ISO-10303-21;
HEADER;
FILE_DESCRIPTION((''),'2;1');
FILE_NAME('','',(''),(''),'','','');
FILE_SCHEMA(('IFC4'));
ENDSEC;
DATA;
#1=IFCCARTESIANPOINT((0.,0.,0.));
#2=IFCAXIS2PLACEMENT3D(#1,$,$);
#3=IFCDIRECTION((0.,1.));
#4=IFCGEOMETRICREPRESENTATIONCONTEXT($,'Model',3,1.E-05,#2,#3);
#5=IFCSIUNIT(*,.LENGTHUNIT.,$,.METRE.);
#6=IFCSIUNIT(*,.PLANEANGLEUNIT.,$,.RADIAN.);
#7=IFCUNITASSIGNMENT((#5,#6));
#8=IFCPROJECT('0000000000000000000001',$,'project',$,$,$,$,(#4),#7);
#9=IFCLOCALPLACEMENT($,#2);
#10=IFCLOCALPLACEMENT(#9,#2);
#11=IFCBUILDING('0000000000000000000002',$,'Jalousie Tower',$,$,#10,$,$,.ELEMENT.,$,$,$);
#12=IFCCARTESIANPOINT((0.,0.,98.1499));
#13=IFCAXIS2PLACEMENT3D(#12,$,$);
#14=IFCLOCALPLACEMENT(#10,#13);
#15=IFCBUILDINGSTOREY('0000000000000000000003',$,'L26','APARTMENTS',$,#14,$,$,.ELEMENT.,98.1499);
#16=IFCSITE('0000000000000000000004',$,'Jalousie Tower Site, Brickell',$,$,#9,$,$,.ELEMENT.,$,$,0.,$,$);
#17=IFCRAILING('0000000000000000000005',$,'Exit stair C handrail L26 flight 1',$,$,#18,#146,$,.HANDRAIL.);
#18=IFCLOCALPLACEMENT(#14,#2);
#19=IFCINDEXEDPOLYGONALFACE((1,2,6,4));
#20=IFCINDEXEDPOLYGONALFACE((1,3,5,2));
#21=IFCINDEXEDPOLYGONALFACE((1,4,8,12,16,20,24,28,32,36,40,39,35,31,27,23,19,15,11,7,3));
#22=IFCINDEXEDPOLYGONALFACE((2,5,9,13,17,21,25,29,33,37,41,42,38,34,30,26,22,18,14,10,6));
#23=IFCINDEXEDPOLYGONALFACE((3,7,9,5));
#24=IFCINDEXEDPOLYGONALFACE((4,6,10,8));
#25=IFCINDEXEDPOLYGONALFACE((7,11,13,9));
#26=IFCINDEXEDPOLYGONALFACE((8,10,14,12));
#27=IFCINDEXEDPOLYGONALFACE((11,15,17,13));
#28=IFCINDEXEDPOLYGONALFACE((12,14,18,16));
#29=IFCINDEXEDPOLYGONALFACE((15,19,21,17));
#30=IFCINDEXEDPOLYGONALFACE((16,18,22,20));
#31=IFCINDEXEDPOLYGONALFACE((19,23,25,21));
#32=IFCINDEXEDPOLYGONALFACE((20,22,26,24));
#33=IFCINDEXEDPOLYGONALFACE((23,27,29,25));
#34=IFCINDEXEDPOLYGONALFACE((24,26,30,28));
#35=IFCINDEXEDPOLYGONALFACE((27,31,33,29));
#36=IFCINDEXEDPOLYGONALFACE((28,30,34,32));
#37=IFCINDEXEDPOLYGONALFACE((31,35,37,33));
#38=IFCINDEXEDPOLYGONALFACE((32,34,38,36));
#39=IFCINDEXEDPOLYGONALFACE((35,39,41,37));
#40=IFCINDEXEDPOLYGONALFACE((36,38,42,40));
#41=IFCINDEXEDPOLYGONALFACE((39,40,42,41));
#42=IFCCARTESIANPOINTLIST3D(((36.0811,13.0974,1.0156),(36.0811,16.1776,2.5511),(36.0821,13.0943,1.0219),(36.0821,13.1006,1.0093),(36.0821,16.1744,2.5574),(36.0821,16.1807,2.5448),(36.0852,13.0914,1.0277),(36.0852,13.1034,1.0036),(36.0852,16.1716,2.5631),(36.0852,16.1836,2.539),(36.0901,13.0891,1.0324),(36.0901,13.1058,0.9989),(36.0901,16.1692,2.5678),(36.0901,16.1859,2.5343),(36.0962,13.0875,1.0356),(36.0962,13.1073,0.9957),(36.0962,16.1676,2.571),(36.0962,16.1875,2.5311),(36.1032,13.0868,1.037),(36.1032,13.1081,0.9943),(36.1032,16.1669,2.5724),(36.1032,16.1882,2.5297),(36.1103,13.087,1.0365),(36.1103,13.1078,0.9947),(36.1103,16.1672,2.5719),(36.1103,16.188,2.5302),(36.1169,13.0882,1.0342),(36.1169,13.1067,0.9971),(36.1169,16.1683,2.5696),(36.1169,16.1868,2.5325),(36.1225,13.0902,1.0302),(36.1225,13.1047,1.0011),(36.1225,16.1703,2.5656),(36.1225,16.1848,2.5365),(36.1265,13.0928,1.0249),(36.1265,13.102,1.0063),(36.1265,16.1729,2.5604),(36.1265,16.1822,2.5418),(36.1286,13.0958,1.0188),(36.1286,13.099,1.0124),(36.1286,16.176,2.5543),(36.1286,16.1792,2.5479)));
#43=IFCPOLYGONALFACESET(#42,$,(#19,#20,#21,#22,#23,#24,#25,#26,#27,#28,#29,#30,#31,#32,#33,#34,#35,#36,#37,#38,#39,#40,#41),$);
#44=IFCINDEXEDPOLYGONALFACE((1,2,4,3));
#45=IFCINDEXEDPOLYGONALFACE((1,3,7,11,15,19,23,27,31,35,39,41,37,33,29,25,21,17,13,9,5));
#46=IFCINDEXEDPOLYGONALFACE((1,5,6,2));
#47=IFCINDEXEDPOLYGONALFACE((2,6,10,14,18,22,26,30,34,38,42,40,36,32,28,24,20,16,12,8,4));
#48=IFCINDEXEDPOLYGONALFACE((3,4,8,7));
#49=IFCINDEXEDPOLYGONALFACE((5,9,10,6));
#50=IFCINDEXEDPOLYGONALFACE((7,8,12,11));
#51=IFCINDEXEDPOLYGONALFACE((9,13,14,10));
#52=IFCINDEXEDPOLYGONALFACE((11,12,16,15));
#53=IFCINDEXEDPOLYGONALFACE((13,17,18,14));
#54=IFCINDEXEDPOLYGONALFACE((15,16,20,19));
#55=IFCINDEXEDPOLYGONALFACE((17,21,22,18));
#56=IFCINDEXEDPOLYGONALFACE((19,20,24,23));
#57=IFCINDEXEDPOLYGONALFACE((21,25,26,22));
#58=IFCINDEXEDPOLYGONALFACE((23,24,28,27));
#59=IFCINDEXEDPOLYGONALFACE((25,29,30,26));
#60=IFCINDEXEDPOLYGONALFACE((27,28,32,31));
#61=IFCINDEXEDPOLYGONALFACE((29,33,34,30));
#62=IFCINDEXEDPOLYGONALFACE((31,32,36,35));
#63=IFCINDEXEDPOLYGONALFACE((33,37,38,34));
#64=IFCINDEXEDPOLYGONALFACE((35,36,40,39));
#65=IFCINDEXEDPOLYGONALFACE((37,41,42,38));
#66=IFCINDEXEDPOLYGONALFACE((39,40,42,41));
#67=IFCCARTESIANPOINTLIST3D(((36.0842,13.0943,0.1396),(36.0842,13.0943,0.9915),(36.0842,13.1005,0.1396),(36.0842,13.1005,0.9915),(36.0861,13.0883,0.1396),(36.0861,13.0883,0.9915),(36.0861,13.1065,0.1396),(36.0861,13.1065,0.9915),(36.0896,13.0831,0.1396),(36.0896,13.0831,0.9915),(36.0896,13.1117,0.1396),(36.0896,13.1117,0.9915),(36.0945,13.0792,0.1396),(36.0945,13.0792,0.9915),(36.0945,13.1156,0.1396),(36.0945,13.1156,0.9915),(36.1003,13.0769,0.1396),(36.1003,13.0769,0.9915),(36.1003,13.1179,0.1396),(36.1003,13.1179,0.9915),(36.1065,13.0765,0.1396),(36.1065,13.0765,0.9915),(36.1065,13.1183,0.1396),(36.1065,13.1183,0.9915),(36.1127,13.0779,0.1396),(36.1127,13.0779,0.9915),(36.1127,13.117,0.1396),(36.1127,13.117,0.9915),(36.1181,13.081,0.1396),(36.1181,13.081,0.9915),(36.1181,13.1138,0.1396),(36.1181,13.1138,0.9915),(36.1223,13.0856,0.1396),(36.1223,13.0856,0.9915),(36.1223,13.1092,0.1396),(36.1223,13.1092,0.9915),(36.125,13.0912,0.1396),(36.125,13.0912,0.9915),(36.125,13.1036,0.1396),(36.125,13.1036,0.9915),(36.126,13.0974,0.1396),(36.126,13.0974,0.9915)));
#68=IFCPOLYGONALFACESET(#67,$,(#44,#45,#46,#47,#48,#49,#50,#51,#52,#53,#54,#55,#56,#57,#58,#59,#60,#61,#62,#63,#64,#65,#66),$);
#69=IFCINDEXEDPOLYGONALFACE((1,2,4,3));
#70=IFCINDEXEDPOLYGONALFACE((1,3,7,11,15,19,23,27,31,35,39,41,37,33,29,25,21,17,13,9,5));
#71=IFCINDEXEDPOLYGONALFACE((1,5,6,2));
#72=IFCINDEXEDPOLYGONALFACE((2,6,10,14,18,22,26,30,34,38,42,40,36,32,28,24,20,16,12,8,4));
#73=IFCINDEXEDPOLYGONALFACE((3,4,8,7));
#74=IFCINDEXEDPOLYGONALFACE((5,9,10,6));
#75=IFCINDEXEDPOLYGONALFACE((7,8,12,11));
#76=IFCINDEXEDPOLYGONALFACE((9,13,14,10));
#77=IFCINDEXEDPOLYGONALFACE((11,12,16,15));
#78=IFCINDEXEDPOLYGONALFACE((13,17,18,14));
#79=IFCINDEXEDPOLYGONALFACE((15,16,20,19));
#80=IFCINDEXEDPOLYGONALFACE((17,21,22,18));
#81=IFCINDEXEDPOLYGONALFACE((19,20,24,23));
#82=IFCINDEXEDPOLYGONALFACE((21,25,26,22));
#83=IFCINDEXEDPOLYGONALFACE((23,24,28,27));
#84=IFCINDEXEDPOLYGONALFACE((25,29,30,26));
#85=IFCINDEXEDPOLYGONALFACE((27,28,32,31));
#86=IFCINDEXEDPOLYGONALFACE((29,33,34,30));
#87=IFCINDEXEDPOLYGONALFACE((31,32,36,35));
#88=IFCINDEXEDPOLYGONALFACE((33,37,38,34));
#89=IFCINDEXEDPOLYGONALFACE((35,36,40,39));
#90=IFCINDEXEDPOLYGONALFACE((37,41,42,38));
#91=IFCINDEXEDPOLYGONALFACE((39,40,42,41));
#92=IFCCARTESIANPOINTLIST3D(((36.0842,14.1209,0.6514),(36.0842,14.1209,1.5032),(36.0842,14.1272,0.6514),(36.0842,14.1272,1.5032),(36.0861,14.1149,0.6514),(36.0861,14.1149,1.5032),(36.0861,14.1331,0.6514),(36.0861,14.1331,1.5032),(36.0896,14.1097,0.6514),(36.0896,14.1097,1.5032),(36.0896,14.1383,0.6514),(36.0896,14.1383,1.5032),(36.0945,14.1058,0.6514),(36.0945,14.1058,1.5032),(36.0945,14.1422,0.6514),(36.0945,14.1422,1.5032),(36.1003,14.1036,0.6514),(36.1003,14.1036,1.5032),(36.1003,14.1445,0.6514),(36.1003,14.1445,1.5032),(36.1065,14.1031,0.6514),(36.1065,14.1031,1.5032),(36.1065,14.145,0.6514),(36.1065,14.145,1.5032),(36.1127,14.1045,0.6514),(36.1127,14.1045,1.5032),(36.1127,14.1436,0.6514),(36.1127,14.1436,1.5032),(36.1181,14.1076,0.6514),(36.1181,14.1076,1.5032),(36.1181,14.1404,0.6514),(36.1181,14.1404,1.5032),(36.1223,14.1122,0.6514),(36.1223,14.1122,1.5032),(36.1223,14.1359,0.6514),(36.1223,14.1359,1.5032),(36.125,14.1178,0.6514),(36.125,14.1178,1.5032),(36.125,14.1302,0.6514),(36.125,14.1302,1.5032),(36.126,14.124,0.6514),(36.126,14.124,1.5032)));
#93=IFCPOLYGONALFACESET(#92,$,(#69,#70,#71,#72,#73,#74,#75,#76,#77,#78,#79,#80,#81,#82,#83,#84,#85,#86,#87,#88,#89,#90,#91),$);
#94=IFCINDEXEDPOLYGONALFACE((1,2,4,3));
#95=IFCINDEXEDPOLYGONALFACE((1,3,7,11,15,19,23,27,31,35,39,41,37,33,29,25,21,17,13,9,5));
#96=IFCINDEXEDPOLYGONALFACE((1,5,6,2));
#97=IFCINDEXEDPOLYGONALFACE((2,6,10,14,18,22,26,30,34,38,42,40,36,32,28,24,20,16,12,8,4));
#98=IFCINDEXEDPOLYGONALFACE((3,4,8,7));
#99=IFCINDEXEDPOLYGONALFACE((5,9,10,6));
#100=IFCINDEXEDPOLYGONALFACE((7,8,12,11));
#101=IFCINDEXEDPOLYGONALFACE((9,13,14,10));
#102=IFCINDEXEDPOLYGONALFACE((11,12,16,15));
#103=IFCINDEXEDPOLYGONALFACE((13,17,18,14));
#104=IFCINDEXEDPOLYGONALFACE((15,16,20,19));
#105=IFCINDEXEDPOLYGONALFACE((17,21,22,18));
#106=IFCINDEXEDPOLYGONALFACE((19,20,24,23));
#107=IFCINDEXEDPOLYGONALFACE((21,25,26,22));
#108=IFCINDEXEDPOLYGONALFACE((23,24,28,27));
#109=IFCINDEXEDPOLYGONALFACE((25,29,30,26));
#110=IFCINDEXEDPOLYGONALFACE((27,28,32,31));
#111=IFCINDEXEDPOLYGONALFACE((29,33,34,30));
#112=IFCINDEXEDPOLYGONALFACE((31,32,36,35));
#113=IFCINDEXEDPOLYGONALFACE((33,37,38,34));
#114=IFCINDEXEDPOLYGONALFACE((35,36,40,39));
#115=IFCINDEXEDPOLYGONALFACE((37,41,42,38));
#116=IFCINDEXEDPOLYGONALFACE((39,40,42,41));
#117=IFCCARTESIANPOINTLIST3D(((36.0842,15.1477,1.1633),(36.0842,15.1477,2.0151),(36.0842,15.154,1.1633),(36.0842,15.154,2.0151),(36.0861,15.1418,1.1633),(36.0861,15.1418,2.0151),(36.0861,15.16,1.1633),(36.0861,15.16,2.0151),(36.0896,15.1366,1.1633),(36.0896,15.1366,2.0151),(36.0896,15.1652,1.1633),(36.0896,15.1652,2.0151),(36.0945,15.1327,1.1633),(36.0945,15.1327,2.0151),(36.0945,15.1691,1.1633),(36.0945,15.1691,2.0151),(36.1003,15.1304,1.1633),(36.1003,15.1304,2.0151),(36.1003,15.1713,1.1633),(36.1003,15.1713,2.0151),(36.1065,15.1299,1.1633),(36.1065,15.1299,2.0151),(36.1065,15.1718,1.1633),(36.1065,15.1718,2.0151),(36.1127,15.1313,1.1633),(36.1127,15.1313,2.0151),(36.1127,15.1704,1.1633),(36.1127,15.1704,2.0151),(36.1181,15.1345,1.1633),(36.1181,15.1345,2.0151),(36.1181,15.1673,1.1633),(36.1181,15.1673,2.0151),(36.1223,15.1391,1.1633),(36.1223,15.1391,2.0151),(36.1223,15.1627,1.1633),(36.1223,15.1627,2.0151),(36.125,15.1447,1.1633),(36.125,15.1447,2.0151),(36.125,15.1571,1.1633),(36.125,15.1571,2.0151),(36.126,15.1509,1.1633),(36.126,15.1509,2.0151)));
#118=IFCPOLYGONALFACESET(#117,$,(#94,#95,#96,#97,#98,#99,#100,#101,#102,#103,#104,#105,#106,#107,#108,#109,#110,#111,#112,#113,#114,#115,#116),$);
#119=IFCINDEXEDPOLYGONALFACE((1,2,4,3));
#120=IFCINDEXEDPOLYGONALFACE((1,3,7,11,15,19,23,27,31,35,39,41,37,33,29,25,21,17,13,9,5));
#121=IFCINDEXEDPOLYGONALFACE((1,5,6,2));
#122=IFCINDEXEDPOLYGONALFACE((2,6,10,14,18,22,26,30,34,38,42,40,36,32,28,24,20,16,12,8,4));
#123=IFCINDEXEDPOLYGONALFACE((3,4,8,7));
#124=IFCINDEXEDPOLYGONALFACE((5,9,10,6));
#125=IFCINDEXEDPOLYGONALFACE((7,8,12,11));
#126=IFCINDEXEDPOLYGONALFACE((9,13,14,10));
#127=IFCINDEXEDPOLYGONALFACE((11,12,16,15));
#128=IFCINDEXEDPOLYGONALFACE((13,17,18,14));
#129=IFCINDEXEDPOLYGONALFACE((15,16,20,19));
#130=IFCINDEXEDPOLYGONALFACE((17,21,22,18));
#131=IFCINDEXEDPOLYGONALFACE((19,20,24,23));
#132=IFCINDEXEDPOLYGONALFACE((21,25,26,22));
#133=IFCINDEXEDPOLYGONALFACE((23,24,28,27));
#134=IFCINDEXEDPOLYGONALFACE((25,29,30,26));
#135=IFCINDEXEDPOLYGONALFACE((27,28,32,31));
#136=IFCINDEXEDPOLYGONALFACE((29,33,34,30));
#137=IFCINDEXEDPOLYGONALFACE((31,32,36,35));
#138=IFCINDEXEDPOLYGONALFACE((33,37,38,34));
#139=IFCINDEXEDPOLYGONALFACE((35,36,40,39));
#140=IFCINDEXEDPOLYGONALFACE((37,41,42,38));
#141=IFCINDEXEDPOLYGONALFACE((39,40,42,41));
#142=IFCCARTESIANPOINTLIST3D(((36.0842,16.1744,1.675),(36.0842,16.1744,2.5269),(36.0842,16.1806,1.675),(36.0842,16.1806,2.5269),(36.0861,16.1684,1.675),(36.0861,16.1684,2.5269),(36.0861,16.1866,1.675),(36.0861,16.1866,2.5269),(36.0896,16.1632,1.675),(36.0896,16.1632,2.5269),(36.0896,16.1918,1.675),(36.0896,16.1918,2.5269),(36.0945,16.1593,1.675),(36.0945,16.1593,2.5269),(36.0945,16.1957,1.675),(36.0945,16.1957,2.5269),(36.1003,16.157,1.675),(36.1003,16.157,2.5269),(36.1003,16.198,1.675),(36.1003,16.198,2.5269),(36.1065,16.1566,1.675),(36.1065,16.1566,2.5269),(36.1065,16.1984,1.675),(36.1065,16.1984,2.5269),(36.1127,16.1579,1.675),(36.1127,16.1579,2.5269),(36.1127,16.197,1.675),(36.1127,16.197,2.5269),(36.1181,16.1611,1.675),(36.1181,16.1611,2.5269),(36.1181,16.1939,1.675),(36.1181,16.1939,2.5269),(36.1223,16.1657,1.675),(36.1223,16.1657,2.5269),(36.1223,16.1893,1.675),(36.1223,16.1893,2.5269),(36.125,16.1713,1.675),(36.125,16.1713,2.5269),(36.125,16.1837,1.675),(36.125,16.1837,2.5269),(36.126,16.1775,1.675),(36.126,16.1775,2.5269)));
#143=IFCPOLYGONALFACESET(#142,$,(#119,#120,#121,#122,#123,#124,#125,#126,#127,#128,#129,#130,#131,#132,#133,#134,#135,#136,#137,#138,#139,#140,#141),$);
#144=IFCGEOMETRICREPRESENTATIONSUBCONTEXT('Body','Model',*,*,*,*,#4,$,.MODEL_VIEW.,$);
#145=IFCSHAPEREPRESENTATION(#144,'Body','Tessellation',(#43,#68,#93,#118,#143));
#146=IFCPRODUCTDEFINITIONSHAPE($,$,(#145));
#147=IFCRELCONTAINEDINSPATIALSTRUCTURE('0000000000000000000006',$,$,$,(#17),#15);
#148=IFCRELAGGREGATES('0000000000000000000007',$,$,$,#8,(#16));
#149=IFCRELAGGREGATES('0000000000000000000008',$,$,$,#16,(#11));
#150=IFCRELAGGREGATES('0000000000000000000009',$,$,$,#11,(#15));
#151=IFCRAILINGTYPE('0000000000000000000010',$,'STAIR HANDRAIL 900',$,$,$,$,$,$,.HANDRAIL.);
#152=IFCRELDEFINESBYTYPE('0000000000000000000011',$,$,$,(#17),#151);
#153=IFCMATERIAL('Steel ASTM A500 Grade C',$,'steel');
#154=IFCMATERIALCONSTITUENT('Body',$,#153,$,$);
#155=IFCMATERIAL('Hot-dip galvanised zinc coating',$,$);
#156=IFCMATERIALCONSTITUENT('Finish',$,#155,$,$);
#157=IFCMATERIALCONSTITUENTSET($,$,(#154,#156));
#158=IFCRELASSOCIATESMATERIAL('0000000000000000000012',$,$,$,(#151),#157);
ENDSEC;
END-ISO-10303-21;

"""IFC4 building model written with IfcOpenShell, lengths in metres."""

from ifc_helpers import new_model, si_unit, direction, frame, origin, origin_2d, place, context, subcontext, project, spatial, circle, extrude, material, constituent, constituent_set, type_object, element, save


model = new_model("IFC4")

# Units and contexts
model_context = context("Model", 3, precision=1e-05, world=origin(), true_north=direction((0.0, 1.0)))
body_context = subcontext(model_context, "Body", "Model", "MODEL_VIEW")
ifc_project = project(units=[si_unit("LENGTHUNIT", "METRE"), si_unit("PLANEANGLEUNIT", "RADIAN")], contexts=[model_context])

# Site, building, storey
site_placement = place(None, origin())
site = spatial("IfcSite", under=ifc_project, at=site_placement, Name="Jalousie Tower Site, Brickell", CompositionType="ELEMENT", RefElevation=0.0)
building_placement = place(site_placement, origin())
building = spatial("IfcBuilding", under=site, at=building_placement, Name="Jalousie Tower", CompositionType="ELEMENT")
storey_placement = place(building_placement, frame((0.0, 0.0, 98.1499)))
storey = spatial("IfcBuildingStorey", under=building, at=storey_placement, Name="L26", Description="APARTMENTS", CompositionType="ELEMENT", Elevation=98.1499)

# Railing
ifc_material_1 = material(Name="Steel ASTM A500 Grade C", Category="steel")
ifc_constituent_1 = constituent(ifc_material_1, Name="Body")
ifc_material_2 = material(Name="Hot-dip galvanised zinc coating")
ifc_constituent_2 = constituent(ifc_material_2, Name="Finish")
ifc_constituent_set_1 = constituent_set(constituents=[ifc_constituent_1, ifc_constituent_2])
railing_type_1 = type_object("IfcRailingType", Name="STAIR HANDRAIL 900", PredefinedType="HANDRAIL", material=ifc_constituent_set_1)
railing_1_placement = place(storey_placement, frame((36.105, 13.0974, 0.1396)))
element("IfcRailing", 1, at=railing_1_placement, inside=storey, type_object=railing_type_1, Name="Exit stair C handrail L26 flight 1", PredefinedType="HANDRAIL", context=body_context, shape_type="SweptSolid", body=[
    extrude(circle(Radius=0.0239, at=origin_2d()), frame((0.0, 0.0, 0.876), z_axis=(0.0, 0.894966, 0.446135), x_axis=(-1.0, 0.0, 0.0)), (0.0, 0.0, 1.0), 3.4417),
    extrude(circle(Radius=0.021, at=origin_2d()), origin(), (0.0, 0.0, 1.0), 0.8518),
    extrude(circle(Radius=0.021, at=origin_2d()), frame((0.0, 1.0266, 0.5117)), (0.0, 0.0, 1.0), 0.8518),
    extrude(circle(Radius=0.021, at=origin_2d()), frame((0.0, 2.0535, 1.0237)), (0.0, 0.0, 1.0), 0.8518),
    extrude(circle(Radius=0.021, at=origin_2d()), frame((0.0, 3.0801, 1.5354)), (0.0, 0.0, 1.0), 0.8518),
])

save(model, "model.ifc")
